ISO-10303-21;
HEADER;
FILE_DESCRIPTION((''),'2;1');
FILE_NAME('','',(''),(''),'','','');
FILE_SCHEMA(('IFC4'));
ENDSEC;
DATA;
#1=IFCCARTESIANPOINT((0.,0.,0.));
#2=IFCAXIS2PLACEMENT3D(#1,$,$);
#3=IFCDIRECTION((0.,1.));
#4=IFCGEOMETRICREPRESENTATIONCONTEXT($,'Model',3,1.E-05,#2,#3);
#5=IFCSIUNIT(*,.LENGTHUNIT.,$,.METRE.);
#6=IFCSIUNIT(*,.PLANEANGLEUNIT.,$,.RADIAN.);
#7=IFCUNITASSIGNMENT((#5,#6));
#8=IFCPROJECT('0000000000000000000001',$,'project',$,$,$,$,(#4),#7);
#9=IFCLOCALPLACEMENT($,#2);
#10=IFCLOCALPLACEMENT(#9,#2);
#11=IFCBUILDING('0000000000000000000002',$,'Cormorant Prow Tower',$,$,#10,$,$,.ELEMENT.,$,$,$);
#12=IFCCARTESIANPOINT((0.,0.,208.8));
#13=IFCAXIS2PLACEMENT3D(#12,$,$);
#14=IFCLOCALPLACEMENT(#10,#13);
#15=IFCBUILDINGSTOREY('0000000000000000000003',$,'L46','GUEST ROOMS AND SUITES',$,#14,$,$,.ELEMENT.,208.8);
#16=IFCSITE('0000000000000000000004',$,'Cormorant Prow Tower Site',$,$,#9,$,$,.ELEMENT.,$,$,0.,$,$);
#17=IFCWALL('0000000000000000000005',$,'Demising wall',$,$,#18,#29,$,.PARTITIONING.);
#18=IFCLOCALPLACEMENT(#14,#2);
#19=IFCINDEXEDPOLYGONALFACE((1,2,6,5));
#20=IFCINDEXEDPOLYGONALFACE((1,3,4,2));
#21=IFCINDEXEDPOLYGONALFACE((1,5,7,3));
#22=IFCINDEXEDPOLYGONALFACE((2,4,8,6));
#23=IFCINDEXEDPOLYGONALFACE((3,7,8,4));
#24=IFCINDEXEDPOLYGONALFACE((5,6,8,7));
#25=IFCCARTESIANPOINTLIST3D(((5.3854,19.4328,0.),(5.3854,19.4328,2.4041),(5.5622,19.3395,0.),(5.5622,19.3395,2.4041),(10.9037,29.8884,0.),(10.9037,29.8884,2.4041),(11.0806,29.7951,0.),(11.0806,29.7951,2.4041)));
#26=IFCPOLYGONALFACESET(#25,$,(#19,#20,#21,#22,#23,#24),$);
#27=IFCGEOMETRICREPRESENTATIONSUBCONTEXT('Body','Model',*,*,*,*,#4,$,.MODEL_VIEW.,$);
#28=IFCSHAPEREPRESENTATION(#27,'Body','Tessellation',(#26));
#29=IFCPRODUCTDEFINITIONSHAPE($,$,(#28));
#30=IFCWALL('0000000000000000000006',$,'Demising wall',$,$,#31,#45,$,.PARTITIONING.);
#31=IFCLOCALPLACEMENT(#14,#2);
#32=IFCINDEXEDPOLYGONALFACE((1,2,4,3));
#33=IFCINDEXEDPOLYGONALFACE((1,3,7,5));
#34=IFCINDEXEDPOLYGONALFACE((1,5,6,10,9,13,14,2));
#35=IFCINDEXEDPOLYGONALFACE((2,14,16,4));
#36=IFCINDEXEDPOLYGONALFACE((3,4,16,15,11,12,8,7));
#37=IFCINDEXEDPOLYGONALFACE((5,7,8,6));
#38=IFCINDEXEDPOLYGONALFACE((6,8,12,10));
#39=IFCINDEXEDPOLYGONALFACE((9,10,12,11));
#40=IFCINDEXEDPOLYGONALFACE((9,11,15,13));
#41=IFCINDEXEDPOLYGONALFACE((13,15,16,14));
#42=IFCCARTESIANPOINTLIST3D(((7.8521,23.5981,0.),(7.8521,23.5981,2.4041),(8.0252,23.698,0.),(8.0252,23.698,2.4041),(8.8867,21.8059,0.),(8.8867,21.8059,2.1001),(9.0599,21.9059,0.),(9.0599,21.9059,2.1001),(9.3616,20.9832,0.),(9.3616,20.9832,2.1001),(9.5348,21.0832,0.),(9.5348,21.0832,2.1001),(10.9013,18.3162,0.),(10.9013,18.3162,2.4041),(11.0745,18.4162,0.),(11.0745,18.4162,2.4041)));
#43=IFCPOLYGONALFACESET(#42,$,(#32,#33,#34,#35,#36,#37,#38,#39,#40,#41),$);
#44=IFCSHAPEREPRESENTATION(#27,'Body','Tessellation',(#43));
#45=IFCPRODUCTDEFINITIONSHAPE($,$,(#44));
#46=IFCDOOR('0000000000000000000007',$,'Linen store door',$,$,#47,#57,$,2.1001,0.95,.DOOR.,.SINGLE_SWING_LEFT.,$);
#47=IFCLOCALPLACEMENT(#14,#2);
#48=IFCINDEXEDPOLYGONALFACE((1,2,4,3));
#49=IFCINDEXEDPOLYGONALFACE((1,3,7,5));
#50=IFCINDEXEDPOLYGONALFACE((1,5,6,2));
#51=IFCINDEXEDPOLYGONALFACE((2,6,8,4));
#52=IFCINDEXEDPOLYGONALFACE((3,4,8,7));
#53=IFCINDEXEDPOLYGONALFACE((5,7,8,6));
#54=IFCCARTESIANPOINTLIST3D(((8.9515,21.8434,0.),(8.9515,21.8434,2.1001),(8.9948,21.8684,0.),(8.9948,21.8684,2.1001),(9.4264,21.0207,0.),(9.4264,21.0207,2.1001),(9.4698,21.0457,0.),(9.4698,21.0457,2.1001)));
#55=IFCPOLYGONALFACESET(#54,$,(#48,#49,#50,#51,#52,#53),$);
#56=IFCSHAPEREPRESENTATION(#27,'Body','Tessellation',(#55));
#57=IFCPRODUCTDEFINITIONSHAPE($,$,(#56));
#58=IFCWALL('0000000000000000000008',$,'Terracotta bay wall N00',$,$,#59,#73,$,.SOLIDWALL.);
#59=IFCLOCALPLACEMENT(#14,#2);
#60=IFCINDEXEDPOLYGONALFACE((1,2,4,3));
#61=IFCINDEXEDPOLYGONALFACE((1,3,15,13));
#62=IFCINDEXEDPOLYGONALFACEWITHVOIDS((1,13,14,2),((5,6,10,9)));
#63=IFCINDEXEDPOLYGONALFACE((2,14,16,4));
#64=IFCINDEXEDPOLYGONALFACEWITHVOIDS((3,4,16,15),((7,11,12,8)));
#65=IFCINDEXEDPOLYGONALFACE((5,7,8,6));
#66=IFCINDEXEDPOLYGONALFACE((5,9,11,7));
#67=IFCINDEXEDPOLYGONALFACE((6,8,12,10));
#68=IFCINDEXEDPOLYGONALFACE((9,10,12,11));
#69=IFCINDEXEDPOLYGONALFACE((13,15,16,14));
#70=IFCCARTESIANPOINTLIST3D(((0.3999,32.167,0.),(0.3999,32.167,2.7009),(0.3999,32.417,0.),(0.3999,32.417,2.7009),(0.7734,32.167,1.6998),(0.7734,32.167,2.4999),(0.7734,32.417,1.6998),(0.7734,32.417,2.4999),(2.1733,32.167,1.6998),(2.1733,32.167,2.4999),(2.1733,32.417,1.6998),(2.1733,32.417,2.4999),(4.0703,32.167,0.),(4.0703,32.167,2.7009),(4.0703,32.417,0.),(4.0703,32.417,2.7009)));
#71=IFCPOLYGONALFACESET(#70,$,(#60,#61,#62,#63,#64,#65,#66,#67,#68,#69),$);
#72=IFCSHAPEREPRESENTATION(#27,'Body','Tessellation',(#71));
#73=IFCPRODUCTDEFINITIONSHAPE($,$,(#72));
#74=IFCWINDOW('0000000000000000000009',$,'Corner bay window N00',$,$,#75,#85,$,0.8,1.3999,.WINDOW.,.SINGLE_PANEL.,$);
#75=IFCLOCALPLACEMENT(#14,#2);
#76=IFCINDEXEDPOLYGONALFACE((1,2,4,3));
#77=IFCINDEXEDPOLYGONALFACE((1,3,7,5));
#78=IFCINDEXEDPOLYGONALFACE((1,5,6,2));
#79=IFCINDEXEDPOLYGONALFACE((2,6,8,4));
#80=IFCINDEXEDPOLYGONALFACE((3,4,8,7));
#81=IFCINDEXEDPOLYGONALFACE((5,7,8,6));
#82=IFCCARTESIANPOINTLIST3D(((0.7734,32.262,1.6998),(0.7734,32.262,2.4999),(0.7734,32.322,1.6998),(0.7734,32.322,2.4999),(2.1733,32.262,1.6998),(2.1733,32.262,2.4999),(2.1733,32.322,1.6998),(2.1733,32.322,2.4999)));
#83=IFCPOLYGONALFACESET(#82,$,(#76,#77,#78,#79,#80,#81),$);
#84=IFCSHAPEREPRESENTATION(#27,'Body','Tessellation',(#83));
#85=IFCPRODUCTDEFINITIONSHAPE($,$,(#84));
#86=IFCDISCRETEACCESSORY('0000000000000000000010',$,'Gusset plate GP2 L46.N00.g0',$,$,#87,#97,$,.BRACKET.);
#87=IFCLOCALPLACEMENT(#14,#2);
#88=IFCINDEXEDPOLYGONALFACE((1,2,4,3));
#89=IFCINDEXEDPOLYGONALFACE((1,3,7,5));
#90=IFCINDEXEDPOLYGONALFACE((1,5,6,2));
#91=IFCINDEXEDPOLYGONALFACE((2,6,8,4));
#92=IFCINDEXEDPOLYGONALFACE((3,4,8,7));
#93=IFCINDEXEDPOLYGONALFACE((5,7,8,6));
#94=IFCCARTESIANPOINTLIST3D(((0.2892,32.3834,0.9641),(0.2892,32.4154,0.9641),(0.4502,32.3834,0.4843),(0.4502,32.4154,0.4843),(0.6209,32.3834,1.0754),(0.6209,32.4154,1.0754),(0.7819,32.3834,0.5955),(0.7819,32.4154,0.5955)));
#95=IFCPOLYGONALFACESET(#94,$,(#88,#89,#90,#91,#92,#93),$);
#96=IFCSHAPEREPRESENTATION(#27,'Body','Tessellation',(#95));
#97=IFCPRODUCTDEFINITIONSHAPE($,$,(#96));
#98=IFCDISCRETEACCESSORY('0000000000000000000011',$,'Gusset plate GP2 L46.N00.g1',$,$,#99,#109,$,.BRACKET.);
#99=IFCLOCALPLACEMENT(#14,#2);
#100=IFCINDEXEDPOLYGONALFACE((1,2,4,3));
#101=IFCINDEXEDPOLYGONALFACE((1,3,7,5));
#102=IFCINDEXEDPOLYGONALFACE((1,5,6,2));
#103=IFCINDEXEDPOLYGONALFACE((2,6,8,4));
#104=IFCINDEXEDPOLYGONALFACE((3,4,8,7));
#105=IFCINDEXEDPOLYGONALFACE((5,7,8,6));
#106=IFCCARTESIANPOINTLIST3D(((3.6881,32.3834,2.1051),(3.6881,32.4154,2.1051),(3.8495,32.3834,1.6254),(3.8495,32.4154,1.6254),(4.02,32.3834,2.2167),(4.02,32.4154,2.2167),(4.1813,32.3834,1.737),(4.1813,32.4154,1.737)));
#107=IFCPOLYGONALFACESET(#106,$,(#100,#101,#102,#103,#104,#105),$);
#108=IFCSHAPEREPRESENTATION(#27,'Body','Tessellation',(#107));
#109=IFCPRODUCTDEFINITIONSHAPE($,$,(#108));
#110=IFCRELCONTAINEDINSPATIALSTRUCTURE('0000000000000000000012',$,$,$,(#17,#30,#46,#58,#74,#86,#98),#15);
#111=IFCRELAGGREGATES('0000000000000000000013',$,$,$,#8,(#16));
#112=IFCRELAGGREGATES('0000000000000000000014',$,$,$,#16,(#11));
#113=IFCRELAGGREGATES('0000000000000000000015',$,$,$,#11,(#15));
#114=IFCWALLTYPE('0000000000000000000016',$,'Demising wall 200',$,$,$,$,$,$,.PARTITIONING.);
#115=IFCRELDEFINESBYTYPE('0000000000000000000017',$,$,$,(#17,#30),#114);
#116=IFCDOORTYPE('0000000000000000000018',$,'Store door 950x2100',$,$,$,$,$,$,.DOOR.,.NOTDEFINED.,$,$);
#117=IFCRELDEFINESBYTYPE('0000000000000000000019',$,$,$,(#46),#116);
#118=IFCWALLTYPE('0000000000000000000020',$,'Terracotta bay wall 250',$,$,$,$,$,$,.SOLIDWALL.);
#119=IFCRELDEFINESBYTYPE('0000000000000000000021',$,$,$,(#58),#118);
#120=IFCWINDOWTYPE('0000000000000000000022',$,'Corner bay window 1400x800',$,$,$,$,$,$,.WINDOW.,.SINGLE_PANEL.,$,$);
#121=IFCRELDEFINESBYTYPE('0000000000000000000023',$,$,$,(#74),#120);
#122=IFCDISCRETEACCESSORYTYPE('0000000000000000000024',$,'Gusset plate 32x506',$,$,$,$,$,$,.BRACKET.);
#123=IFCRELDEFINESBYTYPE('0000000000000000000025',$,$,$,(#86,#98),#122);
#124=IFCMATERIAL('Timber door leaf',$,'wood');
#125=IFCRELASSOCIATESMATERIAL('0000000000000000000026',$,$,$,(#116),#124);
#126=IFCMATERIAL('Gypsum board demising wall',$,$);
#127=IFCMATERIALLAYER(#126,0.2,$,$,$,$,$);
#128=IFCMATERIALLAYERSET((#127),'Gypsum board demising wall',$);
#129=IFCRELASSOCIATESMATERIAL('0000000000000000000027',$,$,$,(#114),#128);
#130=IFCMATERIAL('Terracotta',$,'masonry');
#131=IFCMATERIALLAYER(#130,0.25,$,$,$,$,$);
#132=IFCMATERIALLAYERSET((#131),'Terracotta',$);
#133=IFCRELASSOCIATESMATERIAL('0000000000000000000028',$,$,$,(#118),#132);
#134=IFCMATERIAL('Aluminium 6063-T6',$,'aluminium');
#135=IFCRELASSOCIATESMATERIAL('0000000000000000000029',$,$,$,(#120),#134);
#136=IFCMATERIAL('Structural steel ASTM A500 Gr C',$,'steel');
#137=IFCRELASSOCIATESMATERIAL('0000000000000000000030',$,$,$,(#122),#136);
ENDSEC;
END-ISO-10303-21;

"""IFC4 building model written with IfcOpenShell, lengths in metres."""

from ifc_helpers import new_model, si_unit, direction, frame, frame_2d, origin, origin_2d, place, context, subcontext, project, spatial, rectangle, extrude, material, layer, layer_set, material_profile, profile_set, type_object, element, fill, save


model = new_model("IFC4")

# Units and contexts
model_context = context("Model", 3, precision=1e-05, world=origin(), true_north=direction((0.0, 1.0)))
body_context = subcontext(model_context, "Body", "Model", "MODEL_VIEW")
ifc_project = project(units=[si_unit("LENGTHUNIT", "METRE"), si_unit("PLANEANGLEUNIT", "RADIAN")], contexts=[model_context])

# Site, building, storey
site_placement = place(None, origin())
site = spatial("IfcSite", under=ifc_project, at=site_placement, Name="Cormorant Prow Tower Site", CompositionType="ELEMENT", RefElevation=0.0)
building_placement = place(site_placement, origin())
building = spatial("IfcBuilding", under=site, at=building_placement, Name="Cormorant Prow Tower", CompositionType="ELEMENT")
storey_placement = place(building_placement, frame((0.0, 0.0, 208.8)))
storey = spatial("IfcBuildingStorey", under=building, at=storey_placement, Name="L46", Description="GUEST ROOMS AND SUITES", CompositionType="ELEMENT", Elevation=208.8)

# Shared definitions
ifc_material_1 = material(Name="Timber door leaf", Category="wood")
door_type_1 = type_object("IfcDoorType", Name="Store door 950x2100", OperationType="NOTDEFINED", PredefinedType="DOOR", material=ifc_material_1)

# Wall
ifc_material_2 = material(Name="Gypsum board demising wall")
ifc_layer_1 = layer(ifc_material_2, 0.2)
ifc_layer_set_1 = layer_set([ifc_layer_1], Name="Gypsum board demising wall")
wall_type_1 = type_object("IfcWallType", Name="Demising wall 200", PredefinedType="PARTITIONING", material=ifc_layer_set_1)
wall_1_placement = place(storey_placement, frame((5.4739, 19.3862, 0.0), z_axis=(0.0, 0.0, 1.0), x_axis=(0.466765, 0.884381, 0.0)))
element("IfcWall", 1, at=wall_1_placement, inside=storey, type_object=wall_type_1, Name="Demising wall", PredefinedType="PARTITIONING", context=body_context, shape_type="SweptSolid", body=[
    extrude(rectangle(XDim=11.8225, YDim=0.2, at=frame_2d((5.9111, 0.0))), origin(), (0.0, 0.0, 1.0), 2.4041),
])

# Wall, opening, door
wall_2_placement = place(storey_placement, frame((7.9387, 23.6479, 0.0), z_axis=(0.0, 0.0, 1.0), x_axis=(0.499971, -0.866042, 0.0)))
wall_2 = element("IfcWall", 2, at=wall_2_placement, inside=storey, type_object=wall_type_1, Name="Demising wall", PredefinedType="PARTITIONING", context=body_context, shape_type="SweptSolid", body=[
    extrude(rectangle(XDim=6.0989, YDim=0.2, at=frame_2d((3.0493, 0.0))), origin(), (0.0, 0.0, 1.0), 2.4041),
])
opening_1_placement = place(wall_2_placement, frame((2.0691, 0.0, 0.0)))
opening_1 = element("IfcOpeningElement", 3, at=opening_1_placement, cuts=wall_2, PredefinedType="OPENING", context=body_context, shape_type="SweptSolid", body=[
    extrude(rectangle(XDim=0.95, YDim=2.1001, at=frame_2d((0.4751, 1.05))), frame((0.0, 0.1099, 0.0), z_axis=(0.0, -1.0, 0.0), x_axis=(1.0, 0.0, 0.0)), (0.0, 0.0, 1.0), 0.22),
])
door_1_placement = place(opening_1_placement, origin())
door_1 = element("IfcDoor", 4, at=door_1_placement, inside=storey, type_object=door_type_1, Name="Linen store door", OperationType="SINGLE_SWING_LEFT", OverallHeight=2.1001, OverallWidth=0.95, PredefinedType="DOOR", context=body_context, shape_type="SweptSolid", body=[
    extrude(rectangle(XDim=0.95, YDim=2.1001, at=frame_2d((0.4751, 1.05))), frame((0.0, 0.0249, 0.0), z_axis=(0.0, -1.0, 0.0), x_axis=(1.0, 0.0, 0.0)), (0.0, 0.0, 1.0), 0.05),
])
fill(opening_1, door_1)

# Wall, opening, window
ifc_material_3 = material(Name="Terracotta", Category="masonry")
ifc_layer_2 = layer(ifc_material_3, 0.25)
ifc_layer_set_2 = layer_set([ifc_layer_2], Name="Terracotta")
wall_type_2 = type_object("IfcWallType", Name="Terracotta bay wall 250", PredefinedType="SOLIDWALL", material=ifc_layer_set_2)
wall_3_placement = place(storey_placement, frame((4.0703, 32.292, 0.0), z_axis=(0.0, 0.0, 1.0), x_axis=(-1.0, 0.0, 0.0)))
wall_3 = element("IfcWall", 5, at=wall_3_placement, inside=storey, type_object=wall_type_2, Name="Terracotta bay wall N00", PredefinedType="SOLIDWALL", context=body_context, shape_type="SweptSolid", body=[
    extrude(rectangle(XDim=3.6704, YDim=0.25, at=frame_2d((1.8352, 0.0))), origin(), (0.0, 0.0, 1.0), 2.7009),
])
opening_2_placement = place(wall_3_placement, frame((1.897, 0.0, 1.7)))
opening_2 = element("IfcOpeningElement", 6, at=opening_2_placement, cuts=wall_3, PredefinedType="OPENING", context=body_context, shape_type="SweptSolid", body=[
    extrude(rectangle(XDim=1.3999, YDim=0.8, at=frame_2d((0.7, 0.3999))), frame((0.0, 0.135, 0.0), z_axis=(0.0, -1.0, 0.0), x_axis=(1.0, 0.0, 0.0)), (0.0, 0.0, 1.0), 0.27),
])
ifc_material_4 = material(Name="Aluminium 6063-T6", Category="aluminium")
window_type = type_object("IfcWindowType", Name="Corner bay window 1400x800", PartitioningType="SINGLE_PANEL", PredefinedType="WINDOW", material=ifc_material_4)
window_placement = place(opening_2_placement, origin())
window = element("IfcWindow", 7, at=window_placement, inside=storey, type_object=window_type, Name="Corner bay window N00", OverallHeight=0.8, OverallWidth=1.3999, PartitioningType="SINGLE_PANEL", PredefinedType="WINDOW", context=body_context, shape_type="SweptSolid", body=[
    extrude(rectangle(XDim=1.3999, YDim=0.8, at=frame_2d((0.7, 0.3999))), frame((0.0, 0.03, 0.0), z_axis=(0.0, -1.0, 0.0), x_axis=(1.0, 0.0, 0.0)), (0.0, 0.0, 1.0), 0.0601),
])
fill(opening_2, window)

# Discrete accessories
ifc_material_5 = material(Name="Structural steel ASTM A500 Gr C", Category="steel")
ifc_material_profile_1 = material_profile(ifc_material_5, rectangle(XDim=0.032, YDim=0.5061, at=origin_2d()), Name="Gusset plate 32x506")
ifc_profile_set_1 = profile_set([ifc_material_profile_1], Name="Structural steel ASTM A500 Gr C")
discrete_accessory_type = type_object("IfcDiscreteAccessoryType", Name="Gusset plate 32x506", PredefinedType="BRACKET", material=ifc_profile_set_1)
discrete_accessory_1_placement = place(storey_placement, frame((0.7014, 32.3994, 0.8354), z_axis=(-0.948054, 0.0, -0.318111), x_axis=(0.0, -1.0, 0.0)))
element("IfcDiscreteAccessory", 8, at=discrete_accessory_1_placement, inside=storey, type_object=discrete_accessory_type, Name="Gusset plate GP2 L46.N00.g0", PredefinedType="BRACKET", context=body_context, shape_type="SweptSolid", body=[
    extrude(rectangle(XDim=0.032, YDim=0.5061, at=origin_2d()), origin(), (0.0, 0.0, 1.0), 0.3499),
])
discrete_accessory_2_placement = place(storey_placement, frame((3.7688, 32.3994, 1.8652), z_axis=(0.947843, 0.0, 0.318738), x_axis=(0.0, 1.0, 0.0)))
element("IfcDiscreteAccessory", 9, at=discrete_accessory_2_placement, inside=storey, type_object=discrete_accessory_type, Name="Gusset plate GP2 L46.N00.g1", PredefinedType="BRACKET", context=body_context, shape_type="SweptSolid", body=[
    extrude(rectangle(XDim=0.032, YDim=0.5061, at=origin_2d()), origin(), (0.0, 0.0, 1.0), 0.3501),
])

save(model, "model.ifc")
